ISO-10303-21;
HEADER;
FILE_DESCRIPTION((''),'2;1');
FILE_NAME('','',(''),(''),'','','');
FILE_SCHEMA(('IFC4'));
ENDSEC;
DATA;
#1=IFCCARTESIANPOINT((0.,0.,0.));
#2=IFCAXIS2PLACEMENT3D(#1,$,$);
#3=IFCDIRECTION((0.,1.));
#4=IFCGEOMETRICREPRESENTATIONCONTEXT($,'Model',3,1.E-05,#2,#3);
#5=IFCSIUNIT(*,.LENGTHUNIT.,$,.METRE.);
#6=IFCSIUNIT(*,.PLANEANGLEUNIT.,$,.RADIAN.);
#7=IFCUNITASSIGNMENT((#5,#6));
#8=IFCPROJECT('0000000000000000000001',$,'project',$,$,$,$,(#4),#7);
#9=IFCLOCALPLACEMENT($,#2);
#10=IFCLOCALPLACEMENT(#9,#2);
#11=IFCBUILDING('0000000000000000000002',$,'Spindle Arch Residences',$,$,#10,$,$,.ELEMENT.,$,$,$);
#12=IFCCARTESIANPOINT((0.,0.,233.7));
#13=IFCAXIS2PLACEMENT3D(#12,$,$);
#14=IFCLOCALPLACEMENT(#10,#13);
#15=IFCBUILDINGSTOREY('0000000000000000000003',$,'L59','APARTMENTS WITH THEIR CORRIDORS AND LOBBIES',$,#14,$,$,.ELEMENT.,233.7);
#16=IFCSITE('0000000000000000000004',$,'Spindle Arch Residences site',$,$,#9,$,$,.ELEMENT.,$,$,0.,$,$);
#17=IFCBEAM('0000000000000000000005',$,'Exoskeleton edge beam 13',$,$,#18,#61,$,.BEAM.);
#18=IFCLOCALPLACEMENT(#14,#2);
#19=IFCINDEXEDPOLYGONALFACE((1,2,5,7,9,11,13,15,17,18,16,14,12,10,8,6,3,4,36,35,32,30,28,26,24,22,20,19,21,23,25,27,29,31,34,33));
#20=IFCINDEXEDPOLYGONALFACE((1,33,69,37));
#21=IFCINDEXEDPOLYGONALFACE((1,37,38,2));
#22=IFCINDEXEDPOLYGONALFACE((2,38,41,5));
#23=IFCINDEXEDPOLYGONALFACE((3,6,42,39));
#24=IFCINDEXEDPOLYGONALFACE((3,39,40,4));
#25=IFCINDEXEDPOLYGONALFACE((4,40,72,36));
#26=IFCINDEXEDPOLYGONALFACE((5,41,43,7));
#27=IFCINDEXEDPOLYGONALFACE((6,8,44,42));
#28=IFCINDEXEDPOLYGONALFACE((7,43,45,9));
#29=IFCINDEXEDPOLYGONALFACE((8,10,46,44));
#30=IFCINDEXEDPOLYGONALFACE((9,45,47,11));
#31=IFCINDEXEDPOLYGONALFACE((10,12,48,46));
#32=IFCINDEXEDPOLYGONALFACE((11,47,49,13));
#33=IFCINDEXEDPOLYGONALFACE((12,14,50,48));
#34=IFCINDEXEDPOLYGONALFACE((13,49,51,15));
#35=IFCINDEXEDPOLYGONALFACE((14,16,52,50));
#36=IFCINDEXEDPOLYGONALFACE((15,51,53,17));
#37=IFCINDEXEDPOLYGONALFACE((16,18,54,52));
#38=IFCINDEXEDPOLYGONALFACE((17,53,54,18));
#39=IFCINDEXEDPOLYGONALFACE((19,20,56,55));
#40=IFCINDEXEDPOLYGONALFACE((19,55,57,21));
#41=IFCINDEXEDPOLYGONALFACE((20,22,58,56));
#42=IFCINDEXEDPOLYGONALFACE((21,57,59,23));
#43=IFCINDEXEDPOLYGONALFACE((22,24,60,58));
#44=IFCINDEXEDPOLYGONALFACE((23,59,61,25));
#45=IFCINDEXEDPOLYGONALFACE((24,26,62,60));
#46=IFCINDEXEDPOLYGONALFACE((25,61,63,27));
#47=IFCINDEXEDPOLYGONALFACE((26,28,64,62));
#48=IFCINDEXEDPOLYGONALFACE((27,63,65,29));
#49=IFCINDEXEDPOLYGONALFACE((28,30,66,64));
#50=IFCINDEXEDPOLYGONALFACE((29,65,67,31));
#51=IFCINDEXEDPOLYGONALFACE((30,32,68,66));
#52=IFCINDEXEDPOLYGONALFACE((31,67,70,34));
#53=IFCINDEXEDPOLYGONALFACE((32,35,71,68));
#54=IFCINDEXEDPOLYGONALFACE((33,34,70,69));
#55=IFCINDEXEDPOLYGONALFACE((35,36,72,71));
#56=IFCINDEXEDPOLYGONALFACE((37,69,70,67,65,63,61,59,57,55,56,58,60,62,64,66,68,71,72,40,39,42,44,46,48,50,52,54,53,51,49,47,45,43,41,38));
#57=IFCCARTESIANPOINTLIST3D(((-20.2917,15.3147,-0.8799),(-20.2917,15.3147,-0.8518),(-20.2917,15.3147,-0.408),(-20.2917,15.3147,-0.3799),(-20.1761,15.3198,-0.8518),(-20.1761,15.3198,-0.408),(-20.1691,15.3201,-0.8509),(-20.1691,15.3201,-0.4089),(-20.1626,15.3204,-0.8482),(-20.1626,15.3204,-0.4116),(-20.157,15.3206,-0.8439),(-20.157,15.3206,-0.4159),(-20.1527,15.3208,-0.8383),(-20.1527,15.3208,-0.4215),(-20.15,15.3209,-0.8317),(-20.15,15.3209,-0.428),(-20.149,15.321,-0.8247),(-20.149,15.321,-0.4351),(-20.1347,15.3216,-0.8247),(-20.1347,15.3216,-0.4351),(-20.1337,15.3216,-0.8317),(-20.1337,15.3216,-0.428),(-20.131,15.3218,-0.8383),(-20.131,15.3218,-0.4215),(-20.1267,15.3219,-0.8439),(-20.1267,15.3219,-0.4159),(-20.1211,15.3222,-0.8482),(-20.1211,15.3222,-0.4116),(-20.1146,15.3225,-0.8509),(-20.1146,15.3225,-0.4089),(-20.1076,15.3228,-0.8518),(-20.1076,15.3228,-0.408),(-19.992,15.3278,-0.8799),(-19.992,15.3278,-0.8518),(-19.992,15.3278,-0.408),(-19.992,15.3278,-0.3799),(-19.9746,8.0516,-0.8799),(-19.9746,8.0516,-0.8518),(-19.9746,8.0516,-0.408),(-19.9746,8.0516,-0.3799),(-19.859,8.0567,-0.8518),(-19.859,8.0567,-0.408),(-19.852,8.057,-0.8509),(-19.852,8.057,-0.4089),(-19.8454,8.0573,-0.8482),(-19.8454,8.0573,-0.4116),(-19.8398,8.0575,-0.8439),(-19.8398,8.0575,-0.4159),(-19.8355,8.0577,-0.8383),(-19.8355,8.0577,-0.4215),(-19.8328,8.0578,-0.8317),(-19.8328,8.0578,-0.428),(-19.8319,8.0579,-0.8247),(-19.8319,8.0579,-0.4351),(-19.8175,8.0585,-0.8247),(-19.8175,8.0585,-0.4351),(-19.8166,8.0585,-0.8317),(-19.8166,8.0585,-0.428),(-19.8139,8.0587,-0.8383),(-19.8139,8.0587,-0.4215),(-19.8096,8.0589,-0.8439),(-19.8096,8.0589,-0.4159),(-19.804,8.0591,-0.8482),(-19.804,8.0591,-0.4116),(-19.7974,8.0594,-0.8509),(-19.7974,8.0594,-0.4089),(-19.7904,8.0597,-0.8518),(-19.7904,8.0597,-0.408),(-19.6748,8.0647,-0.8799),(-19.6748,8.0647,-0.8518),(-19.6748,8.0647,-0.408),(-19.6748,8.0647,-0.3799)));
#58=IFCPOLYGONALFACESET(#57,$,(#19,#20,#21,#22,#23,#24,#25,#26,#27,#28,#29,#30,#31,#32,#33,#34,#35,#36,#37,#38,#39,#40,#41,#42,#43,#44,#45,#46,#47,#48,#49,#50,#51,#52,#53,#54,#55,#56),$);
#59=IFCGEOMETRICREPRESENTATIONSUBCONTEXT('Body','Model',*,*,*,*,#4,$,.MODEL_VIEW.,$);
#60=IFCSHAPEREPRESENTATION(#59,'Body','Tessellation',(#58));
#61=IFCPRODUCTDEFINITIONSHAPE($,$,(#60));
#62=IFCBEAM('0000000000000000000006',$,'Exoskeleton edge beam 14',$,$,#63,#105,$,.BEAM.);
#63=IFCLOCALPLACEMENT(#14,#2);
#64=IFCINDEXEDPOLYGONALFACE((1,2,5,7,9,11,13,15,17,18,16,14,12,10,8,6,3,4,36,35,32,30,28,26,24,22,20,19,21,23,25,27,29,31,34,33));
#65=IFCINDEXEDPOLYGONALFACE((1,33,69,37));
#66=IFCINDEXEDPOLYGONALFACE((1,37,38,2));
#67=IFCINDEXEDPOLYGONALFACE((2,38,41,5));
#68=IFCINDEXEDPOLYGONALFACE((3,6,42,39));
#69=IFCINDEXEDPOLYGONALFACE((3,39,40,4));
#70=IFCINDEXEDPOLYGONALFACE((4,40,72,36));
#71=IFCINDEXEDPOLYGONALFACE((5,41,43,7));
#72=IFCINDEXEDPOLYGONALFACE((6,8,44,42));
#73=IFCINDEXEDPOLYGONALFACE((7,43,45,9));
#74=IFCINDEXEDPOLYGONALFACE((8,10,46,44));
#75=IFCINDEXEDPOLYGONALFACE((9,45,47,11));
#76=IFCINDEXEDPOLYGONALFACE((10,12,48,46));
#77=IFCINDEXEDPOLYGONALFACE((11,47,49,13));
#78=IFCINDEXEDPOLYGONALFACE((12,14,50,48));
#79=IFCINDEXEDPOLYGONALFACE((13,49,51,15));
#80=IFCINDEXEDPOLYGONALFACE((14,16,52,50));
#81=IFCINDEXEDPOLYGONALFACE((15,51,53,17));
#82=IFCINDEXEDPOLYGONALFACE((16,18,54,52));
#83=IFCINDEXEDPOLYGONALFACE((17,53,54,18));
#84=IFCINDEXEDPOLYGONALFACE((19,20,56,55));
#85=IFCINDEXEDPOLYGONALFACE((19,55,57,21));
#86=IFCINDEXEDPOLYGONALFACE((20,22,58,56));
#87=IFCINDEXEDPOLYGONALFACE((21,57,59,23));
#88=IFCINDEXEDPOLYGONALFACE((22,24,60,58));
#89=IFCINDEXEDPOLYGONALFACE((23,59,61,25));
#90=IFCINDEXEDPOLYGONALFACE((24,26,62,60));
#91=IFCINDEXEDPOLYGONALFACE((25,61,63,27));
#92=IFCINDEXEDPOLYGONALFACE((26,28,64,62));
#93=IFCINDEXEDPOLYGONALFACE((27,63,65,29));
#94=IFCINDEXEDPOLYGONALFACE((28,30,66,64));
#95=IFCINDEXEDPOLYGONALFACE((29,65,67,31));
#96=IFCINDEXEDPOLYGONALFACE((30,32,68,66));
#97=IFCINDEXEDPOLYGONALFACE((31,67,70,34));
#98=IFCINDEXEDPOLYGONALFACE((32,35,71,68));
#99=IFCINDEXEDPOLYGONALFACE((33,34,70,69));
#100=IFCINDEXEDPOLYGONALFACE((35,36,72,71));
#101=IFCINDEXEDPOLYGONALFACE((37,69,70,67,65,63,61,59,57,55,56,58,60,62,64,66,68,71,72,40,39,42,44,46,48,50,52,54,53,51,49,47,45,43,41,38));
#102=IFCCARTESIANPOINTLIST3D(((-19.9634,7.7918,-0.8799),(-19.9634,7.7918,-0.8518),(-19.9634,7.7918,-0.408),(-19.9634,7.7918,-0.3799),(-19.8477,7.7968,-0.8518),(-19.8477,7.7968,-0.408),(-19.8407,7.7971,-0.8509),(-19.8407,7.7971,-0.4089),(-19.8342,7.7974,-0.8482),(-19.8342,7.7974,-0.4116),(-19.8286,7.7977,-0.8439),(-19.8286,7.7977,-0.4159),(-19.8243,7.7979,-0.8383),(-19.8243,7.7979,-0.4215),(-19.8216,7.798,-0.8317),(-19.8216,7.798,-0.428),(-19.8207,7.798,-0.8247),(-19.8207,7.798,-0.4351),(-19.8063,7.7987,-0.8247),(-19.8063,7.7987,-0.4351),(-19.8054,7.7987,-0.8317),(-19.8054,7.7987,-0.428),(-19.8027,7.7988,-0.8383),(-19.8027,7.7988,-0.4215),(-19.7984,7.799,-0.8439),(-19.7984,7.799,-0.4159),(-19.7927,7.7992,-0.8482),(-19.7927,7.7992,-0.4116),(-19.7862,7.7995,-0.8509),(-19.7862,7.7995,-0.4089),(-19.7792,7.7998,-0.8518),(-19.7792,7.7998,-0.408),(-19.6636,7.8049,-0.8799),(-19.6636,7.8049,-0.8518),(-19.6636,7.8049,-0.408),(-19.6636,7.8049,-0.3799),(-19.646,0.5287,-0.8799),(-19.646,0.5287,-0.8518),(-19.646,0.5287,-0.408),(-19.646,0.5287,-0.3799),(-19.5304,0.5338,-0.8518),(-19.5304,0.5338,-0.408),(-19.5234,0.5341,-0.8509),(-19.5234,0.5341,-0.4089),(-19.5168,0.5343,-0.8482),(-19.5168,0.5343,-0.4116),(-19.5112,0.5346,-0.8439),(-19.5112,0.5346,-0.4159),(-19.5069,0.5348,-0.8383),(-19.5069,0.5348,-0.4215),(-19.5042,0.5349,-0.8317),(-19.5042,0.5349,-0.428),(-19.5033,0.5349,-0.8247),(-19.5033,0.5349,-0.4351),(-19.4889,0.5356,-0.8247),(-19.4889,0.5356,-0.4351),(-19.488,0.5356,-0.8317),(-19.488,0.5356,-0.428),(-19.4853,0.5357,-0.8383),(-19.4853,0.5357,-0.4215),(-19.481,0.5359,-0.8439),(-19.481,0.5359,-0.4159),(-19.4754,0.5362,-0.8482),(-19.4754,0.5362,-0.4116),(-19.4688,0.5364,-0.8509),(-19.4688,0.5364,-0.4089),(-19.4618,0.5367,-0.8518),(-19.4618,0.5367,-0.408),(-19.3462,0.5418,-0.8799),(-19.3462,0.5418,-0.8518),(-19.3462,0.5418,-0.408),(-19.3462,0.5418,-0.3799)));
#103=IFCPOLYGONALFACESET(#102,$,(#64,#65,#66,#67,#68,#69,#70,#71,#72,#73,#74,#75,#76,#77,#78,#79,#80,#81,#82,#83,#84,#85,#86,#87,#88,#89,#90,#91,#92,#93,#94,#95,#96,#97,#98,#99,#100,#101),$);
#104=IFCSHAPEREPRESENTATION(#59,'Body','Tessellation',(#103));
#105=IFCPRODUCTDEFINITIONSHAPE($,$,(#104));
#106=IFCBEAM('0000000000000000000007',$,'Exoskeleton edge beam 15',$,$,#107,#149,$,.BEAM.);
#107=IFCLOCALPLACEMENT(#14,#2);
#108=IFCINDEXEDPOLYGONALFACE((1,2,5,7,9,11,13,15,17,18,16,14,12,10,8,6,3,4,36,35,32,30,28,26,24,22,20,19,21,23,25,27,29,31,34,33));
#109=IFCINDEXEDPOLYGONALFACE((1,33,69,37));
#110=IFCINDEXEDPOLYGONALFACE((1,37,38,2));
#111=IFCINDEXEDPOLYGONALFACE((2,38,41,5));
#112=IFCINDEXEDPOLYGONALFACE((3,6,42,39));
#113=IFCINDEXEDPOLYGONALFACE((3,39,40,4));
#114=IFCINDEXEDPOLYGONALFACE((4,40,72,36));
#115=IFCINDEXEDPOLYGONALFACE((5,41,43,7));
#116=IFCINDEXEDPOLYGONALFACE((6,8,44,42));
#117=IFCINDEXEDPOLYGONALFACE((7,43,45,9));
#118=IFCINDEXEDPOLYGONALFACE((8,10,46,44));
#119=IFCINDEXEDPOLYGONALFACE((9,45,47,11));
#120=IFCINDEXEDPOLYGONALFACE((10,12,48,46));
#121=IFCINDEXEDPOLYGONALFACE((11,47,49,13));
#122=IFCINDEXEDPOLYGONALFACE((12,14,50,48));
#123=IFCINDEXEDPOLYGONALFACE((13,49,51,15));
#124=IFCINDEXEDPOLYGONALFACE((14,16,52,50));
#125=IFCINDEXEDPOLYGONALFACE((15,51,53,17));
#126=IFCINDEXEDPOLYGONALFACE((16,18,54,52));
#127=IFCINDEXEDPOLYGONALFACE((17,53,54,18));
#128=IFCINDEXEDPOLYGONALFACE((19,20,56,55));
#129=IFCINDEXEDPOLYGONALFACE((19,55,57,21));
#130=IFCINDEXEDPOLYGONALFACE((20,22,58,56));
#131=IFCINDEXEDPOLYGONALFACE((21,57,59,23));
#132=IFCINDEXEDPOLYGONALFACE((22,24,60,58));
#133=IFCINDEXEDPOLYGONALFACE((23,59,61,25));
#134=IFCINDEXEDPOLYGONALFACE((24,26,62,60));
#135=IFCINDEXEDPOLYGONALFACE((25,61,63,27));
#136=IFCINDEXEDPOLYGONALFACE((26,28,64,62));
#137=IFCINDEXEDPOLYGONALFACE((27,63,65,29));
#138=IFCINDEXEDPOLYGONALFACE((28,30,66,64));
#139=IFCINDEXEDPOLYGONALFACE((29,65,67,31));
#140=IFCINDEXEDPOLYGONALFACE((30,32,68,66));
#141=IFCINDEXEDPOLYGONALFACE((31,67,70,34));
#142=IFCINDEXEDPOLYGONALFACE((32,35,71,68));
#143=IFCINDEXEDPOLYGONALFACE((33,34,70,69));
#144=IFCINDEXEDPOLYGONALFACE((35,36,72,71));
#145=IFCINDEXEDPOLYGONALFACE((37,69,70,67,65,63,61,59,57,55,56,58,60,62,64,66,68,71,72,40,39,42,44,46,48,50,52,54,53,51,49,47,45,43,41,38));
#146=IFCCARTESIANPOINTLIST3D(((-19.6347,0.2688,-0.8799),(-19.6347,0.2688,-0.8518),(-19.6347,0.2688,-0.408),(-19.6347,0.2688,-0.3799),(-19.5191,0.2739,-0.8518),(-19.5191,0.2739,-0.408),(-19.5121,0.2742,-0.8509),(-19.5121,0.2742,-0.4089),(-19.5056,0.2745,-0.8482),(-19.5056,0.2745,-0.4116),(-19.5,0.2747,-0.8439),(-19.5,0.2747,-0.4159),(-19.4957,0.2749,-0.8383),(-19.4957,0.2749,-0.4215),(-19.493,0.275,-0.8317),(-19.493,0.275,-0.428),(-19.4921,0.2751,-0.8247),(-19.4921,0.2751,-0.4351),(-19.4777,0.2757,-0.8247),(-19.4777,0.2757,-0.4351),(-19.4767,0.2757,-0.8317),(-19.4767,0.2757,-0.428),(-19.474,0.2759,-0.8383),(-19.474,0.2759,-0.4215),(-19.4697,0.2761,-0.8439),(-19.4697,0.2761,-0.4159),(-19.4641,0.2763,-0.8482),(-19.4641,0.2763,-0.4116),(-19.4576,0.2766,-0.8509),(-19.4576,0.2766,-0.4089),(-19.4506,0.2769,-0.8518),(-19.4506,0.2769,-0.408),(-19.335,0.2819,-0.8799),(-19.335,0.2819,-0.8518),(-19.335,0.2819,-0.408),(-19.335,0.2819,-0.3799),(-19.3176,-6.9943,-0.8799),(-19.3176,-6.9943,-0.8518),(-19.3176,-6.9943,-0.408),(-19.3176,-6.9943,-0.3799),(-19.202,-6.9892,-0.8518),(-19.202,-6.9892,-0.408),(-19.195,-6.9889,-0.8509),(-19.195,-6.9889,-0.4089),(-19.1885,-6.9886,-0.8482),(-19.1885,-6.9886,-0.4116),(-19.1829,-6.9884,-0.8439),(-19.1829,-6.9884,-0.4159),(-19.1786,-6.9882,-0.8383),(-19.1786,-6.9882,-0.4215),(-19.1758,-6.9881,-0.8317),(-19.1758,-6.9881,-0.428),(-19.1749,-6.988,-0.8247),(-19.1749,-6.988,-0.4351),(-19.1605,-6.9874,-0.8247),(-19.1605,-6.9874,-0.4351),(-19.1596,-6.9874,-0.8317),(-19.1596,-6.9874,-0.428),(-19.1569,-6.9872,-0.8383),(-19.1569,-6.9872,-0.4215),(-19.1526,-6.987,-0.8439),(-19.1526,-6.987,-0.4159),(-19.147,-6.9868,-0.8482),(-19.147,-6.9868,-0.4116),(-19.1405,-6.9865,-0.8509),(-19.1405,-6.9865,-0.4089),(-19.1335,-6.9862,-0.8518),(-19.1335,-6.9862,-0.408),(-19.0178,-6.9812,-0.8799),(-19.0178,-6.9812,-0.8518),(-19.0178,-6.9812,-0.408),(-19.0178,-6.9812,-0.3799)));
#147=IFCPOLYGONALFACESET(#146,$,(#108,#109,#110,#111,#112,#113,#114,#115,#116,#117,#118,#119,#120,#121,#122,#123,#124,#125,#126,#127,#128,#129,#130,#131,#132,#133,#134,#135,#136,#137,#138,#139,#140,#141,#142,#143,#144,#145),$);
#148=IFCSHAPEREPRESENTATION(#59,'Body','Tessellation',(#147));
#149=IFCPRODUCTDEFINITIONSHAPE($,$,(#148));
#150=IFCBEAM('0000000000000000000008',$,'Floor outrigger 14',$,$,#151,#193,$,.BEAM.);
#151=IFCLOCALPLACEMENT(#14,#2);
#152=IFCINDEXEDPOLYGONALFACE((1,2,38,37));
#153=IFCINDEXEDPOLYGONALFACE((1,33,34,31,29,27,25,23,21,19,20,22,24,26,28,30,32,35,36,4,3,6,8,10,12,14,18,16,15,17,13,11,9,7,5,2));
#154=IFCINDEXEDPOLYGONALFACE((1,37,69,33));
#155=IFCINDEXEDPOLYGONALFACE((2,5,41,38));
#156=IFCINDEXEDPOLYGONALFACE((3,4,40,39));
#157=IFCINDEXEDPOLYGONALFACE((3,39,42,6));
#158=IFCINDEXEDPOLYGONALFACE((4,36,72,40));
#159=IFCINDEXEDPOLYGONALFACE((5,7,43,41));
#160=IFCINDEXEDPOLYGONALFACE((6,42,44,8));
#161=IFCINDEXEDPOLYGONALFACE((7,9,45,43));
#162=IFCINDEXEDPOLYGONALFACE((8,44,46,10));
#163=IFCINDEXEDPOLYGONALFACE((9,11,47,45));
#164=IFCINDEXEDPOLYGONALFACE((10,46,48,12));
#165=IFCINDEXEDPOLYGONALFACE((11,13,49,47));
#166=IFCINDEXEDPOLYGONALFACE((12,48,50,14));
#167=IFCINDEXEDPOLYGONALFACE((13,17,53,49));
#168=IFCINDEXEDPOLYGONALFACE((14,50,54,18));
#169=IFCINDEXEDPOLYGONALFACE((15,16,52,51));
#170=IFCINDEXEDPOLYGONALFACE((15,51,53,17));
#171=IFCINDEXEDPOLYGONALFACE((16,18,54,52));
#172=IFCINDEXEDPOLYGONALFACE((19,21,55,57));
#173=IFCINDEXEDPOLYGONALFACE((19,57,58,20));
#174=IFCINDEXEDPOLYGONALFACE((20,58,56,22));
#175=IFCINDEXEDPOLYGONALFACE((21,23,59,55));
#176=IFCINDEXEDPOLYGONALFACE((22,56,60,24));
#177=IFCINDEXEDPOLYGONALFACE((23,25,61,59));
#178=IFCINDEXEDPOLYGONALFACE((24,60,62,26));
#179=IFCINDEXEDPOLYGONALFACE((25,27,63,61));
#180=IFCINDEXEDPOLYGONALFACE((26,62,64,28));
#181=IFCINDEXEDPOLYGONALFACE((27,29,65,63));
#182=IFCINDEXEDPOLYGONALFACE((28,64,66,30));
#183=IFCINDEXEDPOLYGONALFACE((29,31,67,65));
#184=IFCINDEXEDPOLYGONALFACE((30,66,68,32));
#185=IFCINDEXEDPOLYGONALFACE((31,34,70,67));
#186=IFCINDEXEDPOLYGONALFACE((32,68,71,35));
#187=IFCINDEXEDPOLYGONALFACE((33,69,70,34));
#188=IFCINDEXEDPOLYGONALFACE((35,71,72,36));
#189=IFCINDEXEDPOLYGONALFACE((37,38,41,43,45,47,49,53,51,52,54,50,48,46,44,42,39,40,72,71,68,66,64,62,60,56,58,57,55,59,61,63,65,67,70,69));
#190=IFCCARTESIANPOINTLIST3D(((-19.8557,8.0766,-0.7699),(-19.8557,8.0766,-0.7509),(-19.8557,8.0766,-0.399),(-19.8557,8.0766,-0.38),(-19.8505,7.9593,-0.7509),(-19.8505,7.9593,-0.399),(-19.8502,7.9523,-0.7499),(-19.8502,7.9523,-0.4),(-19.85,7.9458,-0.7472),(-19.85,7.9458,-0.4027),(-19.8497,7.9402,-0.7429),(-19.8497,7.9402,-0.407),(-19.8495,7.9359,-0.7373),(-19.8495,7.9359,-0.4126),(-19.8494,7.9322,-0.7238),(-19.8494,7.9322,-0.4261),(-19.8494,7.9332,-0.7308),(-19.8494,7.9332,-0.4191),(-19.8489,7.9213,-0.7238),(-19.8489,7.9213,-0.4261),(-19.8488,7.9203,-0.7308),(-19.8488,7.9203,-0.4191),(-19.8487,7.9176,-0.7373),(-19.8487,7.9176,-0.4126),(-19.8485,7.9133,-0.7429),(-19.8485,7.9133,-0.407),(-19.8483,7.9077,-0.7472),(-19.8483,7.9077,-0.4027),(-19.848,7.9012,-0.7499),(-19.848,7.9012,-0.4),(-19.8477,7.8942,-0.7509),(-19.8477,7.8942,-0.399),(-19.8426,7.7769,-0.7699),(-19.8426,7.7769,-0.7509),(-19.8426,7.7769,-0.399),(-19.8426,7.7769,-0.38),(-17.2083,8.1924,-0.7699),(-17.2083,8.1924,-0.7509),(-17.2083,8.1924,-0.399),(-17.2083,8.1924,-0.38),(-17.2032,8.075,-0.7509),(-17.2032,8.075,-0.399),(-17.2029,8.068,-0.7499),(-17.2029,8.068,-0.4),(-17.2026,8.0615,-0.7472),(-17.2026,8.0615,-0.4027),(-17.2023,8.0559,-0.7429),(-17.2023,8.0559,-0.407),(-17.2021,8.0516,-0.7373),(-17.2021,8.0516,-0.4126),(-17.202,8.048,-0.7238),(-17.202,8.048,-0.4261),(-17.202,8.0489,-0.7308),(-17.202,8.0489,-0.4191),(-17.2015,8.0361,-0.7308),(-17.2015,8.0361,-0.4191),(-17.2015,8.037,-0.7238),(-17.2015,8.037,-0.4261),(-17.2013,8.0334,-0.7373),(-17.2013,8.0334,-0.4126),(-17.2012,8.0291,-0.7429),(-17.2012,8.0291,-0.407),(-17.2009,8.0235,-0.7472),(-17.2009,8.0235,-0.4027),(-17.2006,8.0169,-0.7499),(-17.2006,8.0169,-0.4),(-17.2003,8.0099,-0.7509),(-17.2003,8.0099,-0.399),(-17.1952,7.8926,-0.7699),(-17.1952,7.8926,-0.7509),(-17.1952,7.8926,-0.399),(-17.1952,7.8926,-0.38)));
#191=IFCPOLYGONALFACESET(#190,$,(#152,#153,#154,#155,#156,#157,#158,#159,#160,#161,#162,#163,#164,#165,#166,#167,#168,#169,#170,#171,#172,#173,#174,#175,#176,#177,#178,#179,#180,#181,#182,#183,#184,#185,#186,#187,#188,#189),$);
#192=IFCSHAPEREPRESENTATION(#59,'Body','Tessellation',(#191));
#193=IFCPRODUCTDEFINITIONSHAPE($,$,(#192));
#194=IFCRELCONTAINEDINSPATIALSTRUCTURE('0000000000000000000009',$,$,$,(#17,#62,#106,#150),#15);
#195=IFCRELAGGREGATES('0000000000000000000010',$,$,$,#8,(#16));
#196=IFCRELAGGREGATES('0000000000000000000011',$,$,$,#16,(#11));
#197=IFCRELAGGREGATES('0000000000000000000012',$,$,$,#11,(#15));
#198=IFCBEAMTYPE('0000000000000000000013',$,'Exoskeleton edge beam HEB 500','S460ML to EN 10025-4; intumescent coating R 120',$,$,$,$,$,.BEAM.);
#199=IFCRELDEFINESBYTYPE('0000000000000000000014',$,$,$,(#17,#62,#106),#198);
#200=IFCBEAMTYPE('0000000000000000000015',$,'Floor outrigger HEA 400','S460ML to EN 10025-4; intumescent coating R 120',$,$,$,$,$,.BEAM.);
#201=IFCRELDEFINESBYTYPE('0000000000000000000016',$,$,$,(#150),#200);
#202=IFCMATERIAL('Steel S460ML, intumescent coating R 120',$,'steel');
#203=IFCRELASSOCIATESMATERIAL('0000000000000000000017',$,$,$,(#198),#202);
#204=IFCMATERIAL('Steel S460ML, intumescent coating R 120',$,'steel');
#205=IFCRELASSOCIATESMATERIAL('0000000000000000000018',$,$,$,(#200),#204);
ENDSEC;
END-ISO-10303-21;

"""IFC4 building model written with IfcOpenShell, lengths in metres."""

from ifc_helpers import new_model, si_unit, direction, frame, origin, origin_2d, place, context, subcontext, project, spatial, i_section, extrude, material, material_profile, profile_set, type_object, element, save


model = new_model("IFC4")

# Units and contexts
model_context = context("Model", 3, precision=1e-05, world=origin(), true_north=direction((0.0, 1.0)))
body_context = subcontext(model_context, "Body", "Model", "MODEL_VIEW")
ifc_project = project(units=[si_unit("LENGTHUNIT", "METRE"), si_unit("PLANEANGLEUNIT", "RADIAN")], contexts=[model_context])

# Site, building, storey
site_placement = place(None, origin())
site = spatial("IfcSite", under=ifc_project, at=site_placement, Name="Spindle Arch Residences site", CompositionType="ELEMENT", RefElevation=0.0)
building_placement = place(site_placement, origin())
building = spatial("IfcBuilding", under=site, at=building_placement, Name="Spindle Arch Residences", CompositionType="ELEMENT")
storey_placement = place(building_placement, frame((0.0, 0.0, 233.7)))
storey = spatial("IfcBuildingStorey", under=building, at=storey_placement, Name="L59", Description="APARTMENTS WITH THEIR CORRIDORS AND LOBBIES", CompositionType="ELEMENT", Elevation=233.7)

# Beams
ifc_material_1 = material(Name="Steel S460ML, intumescent coating R 120", Category="steel")
ifc_material_profile_1 = material_profile(ifc_material_1, i_section(OverallWidth=0.3, OverallDepth=0.5, WebThickness=0.0144, FlangeThickness=0.0281, FilletRadius=0.0271, at=origin_2d()), Name="HEB 500")
ifc_profile_set_1 = profile_set([ifc_material_profile_1], Name="Steel S460ML, intumescent coating R 120")
beam_type_1 = type_object("IfcBeamType", Name="Exoskeleton edge beam HEB 500", Description="S460ML to EN 10025-4; intumescent coating R 120", PredefinedType="BEAM", material=ifc_profile_set_1)
for number, where, z_axis, x_axis, name in (
    (1, (-20.1418, 15.3213, -0.6299), (0.043622, -0.999048, 0.0), (0.999048, 0.043622, 0.0), "Exoskeleton edge beam 13"),
    (2, (-19.8135, 7.7983, -0.6299), (0.043656, -0.999047, 0.0), (0.999047, 0.043656, 0.0), "Exoskeleton edge beam 14"),
    (3, (-19.4849, 0.2754, -0.6299), (0.043622, -0.999048, 0.0), (0.999048, 0.043622, 0.0), "Exoskeleton edge beam 15"),
):
    element("IfcBeam", number, at=place(storey_placement, frame(where, z_axis=z_axis, x_axis=x_axis)), inside=storey, type_object=beam_type_1, Name=name, PredefinedType="BEAM", context=body_context, shape_type="SweptSolid", body=[
        extrude(i_section(OverallWidth=0.3, OverallDepth=0.5, WebThickness=0.0144, FlangeThickness=0.0281, FilletRadius=0.0271, at=origin_2d()), origin(), (0.0, 0.0, 1.0), 7.27),
    ])
ifc_material_2 = material(Name="Steel S460ML, intumescent coating R 120", Category="steel")
ifc_material_profile_2 = material_profile(ifc_material_2, i_section(OverallWidth=0.3, OverallDepth=0.3899, WebThickness=0.011, FlangeThickness=0.019, FilletRadius=0.0271, at=origin_2d()), Name="HEA 400")
ifc_profile_set_2 = profile_set([ifc_material_profile_2], Name="Steel S460ML, intumescent coating R 120")
beam_type_2 = type_object("IfcBeamType", Name="Floor outrigger HEA 400", Description="S460ML to EN 10025-4; intumescent coating R 120", PredefinedType="BEAM", material=ifc_profile_set_2)
for number, where, z_axis, x_axis, name in (
    (4, (-19.8491, 7.9268, -0.575), (0.999046, 0.043669, 0.0), (-0.043669, 0.999046, 0.0), "Floor outrigger 14"),
):
    element("IfcBeam", number, at=place(storey_placement, frame(where, z_axis=z_axis, x_axis=x_axis)), inside=storey, type_object=beam_type_2, Name=name, PredefinedType="BEAM", context=body_context, shape_type="SweptSolid", body=[
        extrude(i_section(OverallWidth=0.3, OverallDepth=0.3899, WebThickness=0.011, FlangeThickness=0.019, FilletRadius=0.0271, at=origin_2d()), origin(), (0.0, 0.0, 1.0), 2.6499),
    ])

save(model, "model.ifc")
